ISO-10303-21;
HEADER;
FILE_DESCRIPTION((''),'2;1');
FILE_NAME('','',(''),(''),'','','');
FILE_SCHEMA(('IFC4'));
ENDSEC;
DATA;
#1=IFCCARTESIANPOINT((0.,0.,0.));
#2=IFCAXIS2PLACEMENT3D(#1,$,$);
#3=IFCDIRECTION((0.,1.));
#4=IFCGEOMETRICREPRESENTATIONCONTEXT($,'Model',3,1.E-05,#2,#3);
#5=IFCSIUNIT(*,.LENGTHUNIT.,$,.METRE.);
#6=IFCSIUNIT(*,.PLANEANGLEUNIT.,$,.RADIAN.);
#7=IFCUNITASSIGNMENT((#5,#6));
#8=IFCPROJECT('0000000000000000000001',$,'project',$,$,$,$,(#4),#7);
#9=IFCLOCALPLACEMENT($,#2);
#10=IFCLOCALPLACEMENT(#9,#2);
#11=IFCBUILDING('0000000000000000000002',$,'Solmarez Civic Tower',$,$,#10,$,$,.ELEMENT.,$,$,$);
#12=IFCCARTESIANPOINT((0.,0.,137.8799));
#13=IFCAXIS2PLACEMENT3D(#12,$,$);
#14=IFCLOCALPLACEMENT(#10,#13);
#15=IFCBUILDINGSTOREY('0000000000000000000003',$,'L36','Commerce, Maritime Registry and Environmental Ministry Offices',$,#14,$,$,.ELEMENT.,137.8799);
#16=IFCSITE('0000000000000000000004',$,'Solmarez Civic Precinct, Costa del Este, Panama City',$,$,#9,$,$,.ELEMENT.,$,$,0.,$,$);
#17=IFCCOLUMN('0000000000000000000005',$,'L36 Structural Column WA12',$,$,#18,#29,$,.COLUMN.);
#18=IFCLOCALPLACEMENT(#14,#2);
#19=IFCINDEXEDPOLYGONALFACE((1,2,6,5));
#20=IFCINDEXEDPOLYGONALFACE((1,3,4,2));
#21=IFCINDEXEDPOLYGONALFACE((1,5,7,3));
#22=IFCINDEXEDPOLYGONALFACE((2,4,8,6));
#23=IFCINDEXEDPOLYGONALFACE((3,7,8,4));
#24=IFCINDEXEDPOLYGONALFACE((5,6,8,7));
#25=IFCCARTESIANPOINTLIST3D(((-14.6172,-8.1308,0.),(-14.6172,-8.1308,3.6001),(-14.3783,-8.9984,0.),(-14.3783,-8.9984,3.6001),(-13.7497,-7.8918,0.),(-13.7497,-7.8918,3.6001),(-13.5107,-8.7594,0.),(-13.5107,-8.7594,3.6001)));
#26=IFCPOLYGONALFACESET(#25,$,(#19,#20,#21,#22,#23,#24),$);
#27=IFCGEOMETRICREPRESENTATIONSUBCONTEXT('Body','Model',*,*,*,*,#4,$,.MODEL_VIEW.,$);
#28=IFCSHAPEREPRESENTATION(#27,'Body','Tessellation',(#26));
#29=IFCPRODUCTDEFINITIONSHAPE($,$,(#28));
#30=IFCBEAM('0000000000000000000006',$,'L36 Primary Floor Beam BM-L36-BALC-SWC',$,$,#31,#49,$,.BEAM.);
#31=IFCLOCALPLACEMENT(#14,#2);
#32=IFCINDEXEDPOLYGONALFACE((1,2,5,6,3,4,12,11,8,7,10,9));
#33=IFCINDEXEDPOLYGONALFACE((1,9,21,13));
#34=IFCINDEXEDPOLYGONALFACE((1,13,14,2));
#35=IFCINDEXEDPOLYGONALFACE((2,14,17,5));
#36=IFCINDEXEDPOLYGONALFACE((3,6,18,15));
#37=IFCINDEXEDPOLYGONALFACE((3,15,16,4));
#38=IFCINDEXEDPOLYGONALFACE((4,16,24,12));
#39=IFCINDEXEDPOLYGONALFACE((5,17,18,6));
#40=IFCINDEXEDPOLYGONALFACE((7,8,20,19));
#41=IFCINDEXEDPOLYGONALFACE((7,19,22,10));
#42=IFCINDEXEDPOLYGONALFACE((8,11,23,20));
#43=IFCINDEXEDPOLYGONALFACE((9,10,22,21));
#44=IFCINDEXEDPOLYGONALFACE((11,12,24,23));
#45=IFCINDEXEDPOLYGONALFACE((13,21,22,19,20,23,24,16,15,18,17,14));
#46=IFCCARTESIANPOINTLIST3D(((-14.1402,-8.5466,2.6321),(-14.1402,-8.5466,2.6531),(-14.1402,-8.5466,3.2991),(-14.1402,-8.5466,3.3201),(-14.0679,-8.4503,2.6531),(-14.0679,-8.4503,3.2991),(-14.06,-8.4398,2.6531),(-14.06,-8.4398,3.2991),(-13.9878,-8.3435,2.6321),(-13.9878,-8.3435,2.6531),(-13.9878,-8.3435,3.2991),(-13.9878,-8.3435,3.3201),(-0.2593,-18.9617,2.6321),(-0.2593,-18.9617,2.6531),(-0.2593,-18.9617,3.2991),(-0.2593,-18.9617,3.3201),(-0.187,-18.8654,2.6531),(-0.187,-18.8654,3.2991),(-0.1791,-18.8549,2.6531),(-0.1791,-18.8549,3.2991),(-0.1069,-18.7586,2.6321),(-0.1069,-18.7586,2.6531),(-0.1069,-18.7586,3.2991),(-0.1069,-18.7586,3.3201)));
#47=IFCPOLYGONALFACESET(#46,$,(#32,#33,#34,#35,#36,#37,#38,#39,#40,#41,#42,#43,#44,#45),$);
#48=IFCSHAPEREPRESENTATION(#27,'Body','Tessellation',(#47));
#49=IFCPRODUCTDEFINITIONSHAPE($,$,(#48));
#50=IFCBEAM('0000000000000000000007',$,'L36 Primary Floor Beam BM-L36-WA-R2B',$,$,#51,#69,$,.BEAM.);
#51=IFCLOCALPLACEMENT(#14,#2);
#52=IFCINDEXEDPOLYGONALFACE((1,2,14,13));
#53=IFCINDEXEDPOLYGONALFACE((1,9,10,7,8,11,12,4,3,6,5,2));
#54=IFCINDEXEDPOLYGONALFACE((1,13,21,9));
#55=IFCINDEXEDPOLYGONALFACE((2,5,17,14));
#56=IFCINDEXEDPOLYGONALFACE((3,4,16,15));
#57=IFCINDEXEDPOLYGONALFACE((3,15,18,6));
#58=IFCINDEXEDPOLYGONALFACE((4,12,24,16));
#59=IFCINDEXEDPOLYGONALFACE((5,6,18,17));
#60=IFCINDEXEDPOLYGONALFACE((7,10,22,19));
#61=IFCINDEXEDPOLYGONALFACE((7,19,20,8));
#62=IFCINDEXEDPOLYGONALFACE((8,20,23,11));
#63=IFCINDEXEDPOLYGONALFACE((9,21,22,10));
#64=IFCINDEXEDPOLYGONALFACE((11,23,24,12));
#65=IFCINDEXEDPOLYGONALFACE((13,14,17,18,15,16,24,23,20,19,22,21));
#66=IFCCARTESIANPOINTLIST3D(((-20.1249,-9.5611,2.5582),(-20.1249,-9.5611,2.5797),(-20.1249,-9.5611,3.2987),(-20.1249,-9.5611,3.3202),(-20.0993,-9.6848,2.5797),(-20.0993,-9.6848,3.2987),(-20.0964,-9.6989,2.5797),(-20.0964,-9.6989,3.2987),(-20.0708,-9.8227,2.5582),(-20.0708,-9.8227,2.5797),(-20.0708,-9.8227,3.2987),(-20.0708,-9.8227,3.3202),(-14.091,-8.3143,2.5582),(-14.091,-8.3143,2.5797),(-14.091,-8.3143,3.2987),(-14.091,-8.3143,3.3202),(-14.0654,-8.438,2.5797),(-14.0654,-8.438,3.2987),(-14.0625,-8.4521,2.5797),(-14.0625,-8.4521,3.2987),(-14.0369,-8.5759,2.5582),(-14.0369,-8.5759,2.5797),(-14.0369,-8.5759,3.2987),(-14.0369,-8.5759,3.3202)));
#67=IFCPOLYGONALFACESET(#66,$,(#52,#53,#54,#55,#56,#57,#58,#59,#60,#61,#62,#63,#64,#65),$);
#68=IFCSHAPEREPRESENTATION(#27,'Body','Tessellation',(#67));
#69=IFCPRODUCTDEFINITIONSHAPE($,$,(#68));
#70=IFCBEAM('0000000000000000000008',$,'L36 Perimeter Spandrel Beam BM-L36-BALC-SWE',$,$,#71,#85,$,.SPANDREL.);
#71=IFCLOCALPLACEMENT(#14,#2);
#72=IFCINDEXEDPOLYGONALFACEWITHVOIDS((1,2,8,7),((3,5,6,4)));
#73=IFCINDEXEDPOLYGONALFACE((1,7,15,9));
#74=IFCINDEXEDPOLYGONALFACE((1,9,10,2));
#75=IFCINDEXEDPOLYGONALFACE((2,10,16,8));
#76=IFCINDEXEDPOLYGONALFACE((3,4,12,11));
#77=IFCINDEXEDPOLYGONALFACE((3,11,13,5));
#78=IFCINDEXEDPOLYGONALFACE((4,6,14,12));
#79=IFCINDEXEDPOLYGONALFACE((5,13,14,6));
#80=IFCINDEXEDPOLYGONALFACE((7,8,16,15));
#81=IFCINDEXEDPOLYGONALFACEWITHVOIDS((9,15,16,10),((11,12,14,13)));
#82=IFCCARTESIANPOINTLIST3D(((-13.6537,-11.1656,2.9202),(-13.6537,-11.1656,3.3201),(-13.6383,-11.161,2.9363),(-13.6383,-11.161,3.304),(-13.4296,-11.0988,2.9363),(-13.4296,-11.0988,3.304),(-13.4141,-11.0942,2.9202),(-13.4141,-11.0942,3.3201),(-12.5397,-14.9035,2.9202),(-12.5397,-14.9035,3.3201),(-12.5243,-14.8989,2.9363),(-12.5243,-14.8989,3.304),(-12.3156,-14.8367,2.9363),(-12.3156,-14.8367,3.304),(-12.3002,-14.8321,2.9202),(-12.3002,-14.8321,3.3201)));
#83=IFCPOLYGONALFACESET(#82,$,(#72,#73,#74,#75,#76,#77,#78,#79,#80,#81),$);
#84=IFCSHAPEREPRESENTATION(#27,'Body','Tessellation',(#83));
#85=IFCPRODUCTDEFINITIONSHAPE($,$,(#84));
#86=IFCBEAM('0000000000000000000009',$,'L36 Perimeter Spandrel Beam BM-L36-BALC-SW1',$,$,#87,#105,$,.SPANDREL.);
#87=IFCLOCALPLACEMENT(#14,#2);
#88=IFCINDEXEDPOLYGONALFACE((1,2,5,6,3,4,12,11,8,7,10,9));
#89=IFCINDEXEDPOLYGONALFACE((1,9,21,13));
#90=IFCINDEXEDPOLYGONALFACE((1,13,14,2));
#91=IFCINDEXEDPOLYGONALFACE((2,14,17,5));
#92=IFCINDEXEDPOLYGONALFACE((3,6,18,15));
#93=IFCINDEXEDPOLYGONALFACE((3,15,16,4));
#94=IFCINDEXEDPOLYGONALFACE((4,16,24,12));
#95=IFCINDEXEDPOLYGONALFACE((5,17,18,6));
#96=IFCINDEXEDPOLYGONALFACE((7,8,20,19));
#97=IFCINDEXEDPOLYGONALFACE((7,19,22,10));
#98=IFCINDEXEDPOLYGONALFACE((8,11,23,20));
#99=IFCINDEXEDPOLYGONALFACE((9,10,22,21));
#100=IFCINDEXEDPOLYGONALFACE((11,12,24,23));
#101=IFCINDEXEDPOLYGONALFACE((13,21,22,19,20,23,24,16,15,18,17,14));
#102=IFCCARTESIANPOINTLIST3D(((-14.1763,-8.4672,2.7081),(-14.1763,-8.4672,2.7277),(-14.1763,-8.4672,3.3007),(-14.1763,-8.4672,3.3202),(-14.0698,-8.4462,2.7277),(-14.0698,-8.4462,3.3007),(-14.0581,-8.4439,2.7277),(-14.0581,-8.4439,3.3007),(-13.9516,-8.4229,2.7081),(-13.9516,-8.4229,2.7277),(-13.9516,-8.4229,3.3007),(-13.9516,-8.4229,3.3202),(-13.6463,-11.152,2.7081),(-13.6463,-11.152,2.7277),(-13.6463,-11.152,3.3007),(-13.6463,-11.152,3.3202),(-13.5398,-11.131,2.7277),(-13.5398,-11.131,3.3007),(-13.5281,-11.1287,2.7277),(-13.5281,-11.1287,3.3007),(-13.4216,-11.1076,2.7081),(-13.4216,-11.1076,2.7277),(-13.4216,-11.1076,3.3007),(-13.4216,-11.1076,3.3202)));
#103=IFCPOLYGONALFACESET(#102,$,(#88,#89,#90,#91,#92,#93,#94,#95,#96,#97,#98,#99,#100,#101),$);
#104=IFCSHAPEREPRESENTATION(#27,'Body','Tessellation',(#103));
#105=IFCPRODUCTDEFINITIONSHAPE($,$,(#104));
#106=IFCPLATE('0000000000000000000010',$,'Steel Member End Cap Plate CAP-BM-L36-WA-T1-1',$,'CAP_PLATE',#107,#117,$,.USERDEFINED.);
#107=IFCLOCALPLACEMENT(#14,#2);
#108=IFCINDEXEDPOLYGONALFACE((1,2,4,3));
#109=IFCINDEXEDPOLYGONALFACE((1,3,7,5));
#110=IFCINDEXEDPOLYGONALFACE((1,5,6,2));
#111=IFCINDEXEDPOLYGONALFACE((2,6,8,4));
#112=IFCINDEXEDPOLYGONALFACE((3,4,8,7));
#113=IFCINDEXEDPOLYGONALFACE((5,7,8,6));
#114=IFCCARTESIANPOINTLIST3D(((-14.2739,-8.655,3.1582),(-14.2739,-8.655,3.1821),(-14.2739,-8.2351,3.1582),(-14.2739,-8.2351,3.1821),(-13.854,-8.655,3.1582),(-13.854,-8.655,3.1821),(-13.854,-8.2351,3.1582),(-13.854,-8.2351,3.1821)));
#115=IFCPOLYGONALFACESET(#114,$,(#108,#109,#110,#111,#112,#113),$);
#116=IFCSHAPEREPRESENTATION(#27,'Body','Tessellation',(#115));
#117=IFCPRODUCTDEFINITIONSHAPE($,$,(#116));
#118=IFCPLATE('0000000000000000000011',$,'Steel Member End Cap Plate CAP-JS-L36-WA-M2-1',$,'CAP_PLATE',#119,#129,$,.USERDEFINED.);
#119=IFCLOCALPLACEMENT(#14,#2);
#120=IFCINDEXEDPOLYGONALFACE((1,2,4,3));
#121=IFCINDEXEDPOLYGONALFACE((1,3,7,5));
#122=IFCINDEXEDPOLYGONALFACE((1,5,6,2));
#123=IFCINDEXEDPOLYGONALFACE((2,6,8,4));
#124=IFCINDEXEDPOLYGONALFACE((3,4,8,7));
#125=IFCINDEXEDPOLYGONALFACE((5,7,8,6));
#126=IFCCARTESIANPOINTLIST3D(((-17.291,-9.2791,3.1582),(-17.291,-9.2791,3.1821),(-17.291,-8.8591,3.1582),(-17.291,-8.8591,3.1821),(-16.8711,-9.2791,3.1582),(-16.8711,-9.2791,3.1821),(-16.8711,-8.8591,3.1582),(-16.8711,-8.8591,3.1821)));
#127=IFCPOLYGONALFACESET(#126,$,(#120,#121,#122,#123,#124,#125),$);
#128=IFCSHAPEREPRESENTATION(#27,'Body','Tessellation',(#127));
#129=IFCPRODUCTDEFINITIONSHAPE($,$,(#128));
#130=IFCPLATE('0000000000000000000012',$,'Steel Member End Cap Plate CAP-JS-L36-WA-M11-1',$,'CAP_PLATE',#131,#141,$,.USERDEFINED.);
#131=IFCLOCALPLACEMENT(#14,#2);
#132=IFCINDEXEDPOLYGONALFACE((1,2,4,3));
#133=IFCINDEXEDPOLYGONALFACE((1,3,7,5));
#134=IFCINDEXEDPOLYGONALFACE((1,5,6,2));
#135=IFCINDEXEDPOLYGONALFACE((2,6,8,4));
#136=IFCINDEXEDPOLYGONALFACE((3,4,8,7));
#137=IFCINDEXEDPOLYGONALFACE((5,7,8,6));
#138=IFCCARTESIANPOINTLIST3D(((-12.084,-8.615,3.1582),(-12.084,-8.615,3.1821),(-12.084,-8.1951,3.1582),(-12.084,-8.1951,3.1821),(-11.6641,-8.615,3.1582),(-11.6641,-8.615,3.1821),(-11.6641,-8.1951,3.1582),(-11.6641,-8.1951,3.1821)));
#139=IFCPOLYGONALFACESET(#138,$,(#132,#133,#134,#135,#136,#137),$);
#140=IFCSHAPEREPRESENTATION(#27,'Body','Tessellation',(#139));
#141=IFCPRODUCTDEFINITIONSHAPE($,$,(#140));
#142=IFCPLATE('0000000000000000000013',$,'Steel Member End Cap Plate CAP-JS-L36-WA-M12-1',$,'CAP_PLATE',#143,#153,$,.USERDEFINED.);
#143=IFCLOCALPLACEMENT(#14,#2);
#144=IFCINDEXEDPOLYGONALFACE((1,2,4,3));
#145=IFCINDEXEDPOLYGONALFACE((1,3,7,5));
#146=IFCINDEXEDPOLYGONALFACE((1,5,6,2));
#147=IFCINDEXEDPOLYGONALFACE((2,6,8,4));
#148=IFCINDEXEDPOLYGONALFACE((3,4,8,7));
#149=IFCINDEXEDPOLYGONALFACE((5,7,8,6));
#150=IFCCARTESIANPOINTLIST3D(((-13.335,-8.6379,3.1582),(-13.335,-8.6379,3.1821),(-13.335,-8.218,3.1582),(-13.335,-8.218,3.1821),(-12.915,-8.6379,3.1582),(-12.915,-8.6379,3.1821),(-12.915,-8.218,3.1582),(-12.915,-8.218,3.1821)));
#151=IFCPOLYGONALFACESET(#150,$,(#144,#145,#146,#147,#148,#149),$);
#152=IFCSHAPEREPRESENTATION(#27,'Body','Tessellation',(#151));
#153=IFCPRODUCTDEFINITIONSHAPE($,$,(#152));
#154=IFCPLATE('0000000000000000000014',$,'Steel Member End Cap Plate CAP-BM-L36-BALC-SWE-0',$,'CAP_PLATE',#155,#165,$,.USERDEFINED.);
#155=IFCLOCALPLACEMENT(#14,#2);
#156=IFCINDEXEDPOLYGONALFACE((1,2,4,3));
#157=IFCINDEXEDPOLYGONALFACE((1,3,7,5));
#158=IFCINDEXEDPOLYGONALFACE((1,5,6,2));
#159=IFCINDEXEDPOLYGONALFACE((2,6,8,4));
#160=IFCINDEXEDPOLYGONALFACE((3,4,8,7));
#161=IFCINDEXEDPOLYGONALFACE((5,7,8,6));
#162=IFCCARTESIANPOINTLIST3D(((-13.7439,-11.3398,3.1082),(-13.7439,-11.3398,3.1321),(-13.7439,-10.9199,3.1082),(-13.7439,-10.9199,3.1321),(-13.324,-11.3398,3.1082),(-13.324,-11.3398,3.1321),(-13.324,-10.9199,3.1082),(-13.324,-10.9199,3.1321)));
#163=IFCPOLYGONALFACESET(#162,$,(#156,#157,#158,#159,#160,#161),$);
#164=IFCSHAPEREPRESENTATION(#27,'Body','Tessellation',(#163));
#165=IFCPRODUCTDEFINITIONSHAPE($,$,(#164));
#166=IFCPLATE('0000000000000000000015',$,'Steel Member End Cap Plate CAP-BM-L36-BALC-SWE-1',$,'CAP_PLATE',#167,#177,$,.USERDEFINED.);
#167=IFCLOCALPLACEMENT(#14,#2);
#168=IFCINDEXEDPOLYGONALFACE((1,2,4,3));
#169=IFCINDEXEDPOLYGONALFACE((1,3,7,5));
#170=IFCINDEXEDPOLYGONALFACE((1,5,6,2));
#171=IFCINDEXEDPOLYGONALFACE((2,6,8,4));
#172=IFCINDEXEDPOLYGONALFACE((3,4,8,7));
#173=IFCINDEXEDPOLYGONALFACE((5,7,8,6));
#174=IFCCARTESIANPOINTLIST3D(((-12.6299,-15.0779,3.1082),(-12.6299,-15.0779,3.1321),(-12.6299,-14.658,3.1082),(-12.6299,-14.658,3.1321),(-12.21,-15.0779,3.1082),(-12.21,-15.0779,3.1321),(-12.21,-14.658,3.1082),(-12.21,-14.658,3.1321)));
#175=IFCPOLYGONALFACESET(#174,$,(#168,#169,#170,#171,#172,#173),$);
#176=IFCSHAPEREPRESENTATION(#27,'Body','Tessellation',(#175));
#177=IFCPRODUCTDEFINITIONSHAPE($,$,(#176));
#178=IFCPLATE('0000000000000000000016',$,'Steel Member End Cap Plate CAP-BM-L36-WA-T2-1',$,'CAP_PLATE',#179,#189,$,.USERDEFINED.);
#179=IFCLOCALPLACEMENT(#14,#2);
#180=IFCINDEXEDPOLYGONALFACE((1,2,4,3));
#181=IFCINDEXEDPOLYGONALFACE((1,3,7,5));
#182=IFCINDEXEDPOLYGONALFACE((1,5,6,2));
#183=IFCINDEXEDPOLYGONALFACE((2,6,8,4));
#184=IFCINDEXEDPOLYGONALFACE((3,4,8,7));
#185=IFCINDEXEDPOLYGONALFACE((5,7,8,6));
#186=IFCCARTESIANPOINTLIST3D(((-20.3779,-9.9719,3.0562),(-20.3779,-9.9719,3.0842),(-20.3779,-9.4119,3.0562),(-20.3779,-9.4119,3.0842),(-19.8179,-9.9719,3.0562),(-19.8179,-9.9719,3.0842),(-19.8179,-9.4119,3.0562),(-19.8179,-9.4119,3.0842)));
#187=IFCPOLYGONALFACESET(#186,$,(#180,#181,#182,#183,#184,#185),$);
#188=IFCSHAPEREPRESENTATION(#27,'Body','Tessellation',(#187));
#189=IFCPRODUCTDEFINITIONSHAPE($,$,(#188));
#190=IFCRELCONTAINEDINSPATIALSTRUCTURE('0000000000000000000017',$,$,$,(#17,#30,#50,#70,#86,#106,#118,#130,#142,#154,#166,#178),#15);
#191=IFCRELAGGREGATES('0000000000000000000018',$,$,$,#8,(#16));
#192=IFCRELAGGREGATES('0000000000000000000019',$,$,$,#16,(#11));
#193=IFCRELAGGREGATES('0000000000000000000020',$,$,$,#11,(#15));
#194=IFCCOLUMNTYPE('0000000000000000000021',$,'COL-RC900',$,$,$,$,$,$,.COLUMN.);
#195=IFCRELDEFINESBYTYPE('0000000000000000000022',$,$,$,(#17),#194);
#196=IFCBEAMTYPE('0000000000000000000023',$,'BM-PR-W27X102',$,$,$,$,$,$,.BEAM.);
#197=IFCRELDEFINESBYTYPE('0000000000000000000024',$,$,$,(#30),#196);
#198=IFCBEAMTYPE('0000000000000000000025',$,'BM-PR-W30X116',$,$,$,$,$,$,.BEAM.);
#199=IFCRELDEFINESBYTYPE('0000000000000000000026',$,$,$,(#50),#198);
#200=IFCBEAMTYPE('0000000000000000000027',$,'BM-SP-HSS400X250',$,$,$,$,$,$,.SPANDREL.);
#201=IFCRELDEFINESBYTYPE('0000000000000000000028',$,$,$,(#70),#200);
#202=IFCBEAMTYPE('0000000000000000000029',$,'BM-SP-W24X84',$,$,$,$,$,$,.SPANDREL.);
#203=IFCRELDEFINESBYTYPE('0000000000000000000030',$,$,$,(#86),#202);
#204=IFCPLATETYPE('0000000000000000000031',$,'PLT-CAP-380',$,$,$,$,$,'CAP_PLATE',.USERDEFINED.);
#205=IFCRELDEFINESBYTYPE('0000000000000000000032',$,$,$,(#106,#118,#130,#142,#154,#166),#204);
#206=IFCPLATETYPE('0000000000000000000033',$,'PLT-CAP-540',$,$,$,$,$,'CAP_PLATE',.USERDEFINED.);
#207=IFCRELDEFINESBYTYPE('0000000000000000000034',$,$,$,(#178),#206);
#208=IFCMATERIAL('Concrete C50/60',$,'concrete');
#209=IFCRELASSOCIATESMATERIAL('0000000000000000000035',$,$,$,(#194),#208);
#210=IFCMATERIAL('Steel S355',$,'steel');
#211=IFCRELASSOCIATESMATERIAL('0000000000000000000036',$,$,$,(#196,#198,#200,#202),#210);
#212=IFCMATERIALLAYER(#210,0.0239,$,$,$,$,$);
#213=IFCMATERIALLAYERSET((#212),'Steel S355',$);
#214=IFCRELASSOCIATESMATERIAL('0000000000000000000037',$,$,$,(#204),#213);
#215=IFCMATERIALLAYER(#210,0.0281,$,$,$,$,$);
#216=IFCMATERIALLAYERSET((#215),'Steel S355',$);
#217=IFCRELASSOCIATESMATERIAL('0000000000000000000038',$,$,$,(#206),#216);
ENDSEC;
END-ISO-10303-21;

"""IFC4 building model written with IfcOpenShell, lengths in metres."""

from ifc_helpers import new_model, si_unit, direction, frame, origin, origin_2d, place, context, subcontext, project, spatial, rectangle, hollow_rectangle, i_section, extrude, material, layer, layer_set, material_profile, profile_set, type_object, element, save


model = new_model("IFC4")

# Units and contexts
model_context = context("Model", 3, precision=1e-05, world=origin(), true_north=direction((0.0, 1.0)))
body_context = subcontext(model_context, "Body", "Model", "MODEL_VIEW")
ifc_project = project(units=[si_unit("LENGTHUNIT", "METRE"), si_unit("PLANEANGLEUNIT", "RADIAN")], contexts=[model_context])

# Site, building, storey
site_placement = place(None, origin())
site = spatial("IfcSite", under=ifc_project, at=site_placement, Name="Solmarez Civic Precinct, Costa del Este, Panama City", CompositionType="ELEMENT", RefElevation=0.0)
building_placement = place(site_placement, origin())
building = spatial("IfcBuilding", under=site, at=building_placement, Name="Solmarez Civic Tower", CompositionType="ELEMENT")
storey_placement = place(building_placement, frame((0.0, 0.0, 137.8799)))
storey = spatial("IfcBuildingStorey", under=building, at=storey_placement, Name="L36", Description="Commerce, Maritime Registry and Environmental Ministry Offices", CompositionType="ELEMENT", Elevation=137.8799)

# Column
ifc_material_1 = material(Name="Concrete C50/60", Category="concrete")
ifc_material_profile_1 = material_profile(ifc_material_1, rectangle(XDim=0.8999, YDim=0.8999, at=origin_2d()), Name="RC900X900")
ifc_profile_set_1 = profile_set([ifc_material_profile_1], Name="Concrete C50/60")
column_type = type_object("IfcColumnType", Name="COL-RC900", PredefinedType="COLUMN", material=ifc_profile_set_1)
column_placement = place(storey_placement, frame((-14.064, -8.4451, 0.0), z_axis=(0.0, 0.0, 1.0), x_axis=(0.964095, 0.265556, 0.0)))
element("IfcColumn", 1, at=column_placement, inside=storey, type_object=column_type, Name="L36 Structural Column WA12", PredefinedType="COLUMN", context=body_context, shape_type="SweptSolid", body=[
    extrude(rectangle(XDim=0.8999, YDim=0.8999, at=origin_2d()), origin(), (0.0, 0.0, 1.0), 3.6001),
])

# Beams
ifc_material_2 = material(Name="Steel S355", Category="steel")
ifc_material_profile_2 = material_profile(ifc_material_2, i_section(OverallWidth=0.2539, OverallDepth=0.688, WebThickness=0.0132, FlangeThickness=0.021, at=origin_2d()), Name="W27X102")
ifc_profile_set_2 = profile_set([ifc_material_profile_2], Name="Steel S355")
beam_type_1 = type_object("IfcBeamType", Name="BM-PR-W27X102", PredefinedType="BEAM", material=ifc_profile_set_2)
beam_1_placement = place(storey_placement, frame((-14.064, -8.4451, 2.9761), z_axis=(0.799878, -0.600162, 0.0), x_axis=(0.600162, 0.799878, 0.0)))
element("IfcBeam", 2, at=beam_1_placement, inside=storey, type_object=beam_type_1, Name="L36 Primary Floor Beam BM-L36-BALC-SWC", PredefinedType="BEAM", context=body_context, shape_type="SweptSolid", body=[
    extrude(i_section(OverallWidth=0.2539, OverallDepth=0.688, WebThickness=0.0132, FlangeThickness=0.021, at=origin_2d()), origin(), (0.0, 0.0, 1.0), 17.3538),
])
ifc_material_profile_3 = material_profile(ifc_material_2, i_section(OverallWidth=0.2671, OverallDepth=0.762, WebThickness=0.0144, FlangeThickness=0.0215, at=origin_2d()), Name="W30X116")
ifc_profile_set_3 = profile_set([ifc_material_profile_3], Name="Steel S355")
beam_type_2 = type_object("IfcBeamType", Name="BM-PR-W30X116", PredefinedType="BEAM", material=ifc_profile_set_3)
beam_2_placement = place(storey_placement, frame((-14.064, -8.4451, 2.9392), z_axis=(-0.979311, -0.202361, 0.0), x_axis=(0.202361, -0.979311, 0.0)))
element("IfcBeam", 3, at=beam_2_placement, inside=storey, type_object=beam_type_2, Name="L36 Primary Floor Beam BM-L36-WA-R2B", PredefinedType="BEAM", context=body_context, shape_type="SweptSolid", body=[
    extrude(i_section(OverallWidth=0.2671, OverallDepth=0.762, WebThickness=0.0144, FlangeThickness=0.0215, at=origin_2d()), origin(), (0.0, 0.0, 1.0), 6.1614),
])
ifc_material_profile_4 = material_profile(ifc_material_2, hollow_rectangle(XDim=0.25, YDim=0.3999, WallThickness=0.0161, at=origin_2d()), Name="HSS400X250X16")
ifc_profile_set_4 = profile_set([ifc_material_profile_4], Name="Steel S355")
beam_type_3 = type_object("IfcBeamType", Name="BM-SP-HSS400X250", PredefinedType="SPANDREL", material=ifc_profile_set_4)
beam_3_placement = place(storey_placement, frame((-13.5339, -11.1299, 3.1201), z_axis=(0.285607, -0.958347, 0.0), x_axis=(0.958347, 0.285607, 0.0)))
element("IfcBeam", 4, at=beam_3_placement, inside=storey, type_object=beam_type_3, Name="L36 Perimeter Spandrel Beam BM-L36-BALC-SWE", PredefinedType="SPANDREL", context=body_context, shape_type="SweptSolid", body=[
    extrude(hollow_rectangle(XDim=0.25, YDim=0.3999, WallThickness=0.0161, at=origin_2d()), origin(), (0.0, 0.0, 1.0), 3.9004),
])
ifc_material_profile_5 = material_profile(ifc_material_2, i_section(OverallWidth=0.229, OverallDepth=0.6121, WebThickness=0.012, FlangeThickness=0.0195, at=origin_2d()), Name="W24X84")
ifc_profile_set_5 = profile_set([ifc_material_profile_5], Name="Steel S355")
beam_type_4 = type_object("IfcBeamType", Name="BM-SP-W24X84", PredefinedType="SPANDREL", material=ifc_profile_set_5)
beam_4_placement = place(storey_placement, frame((-14.064, -8.4451, 3.0142), z_axis=(0.193679, -0.981065, 0.0), x_axis=(0.981065, 0.193679, 0.0)))
element("IfcBeam", 5, at=beam_4_placement, inside=storey, type_object=beam_type_4, Name="L36 Perimeter Spandrel Beam BM-L36-BALC-SW1", PredefinedType="SPANDREL", context=body_context, shape_type="SweptSolid", body=[
    extrude(i_section(OverallWidth=0.229, OverallDepth=0.6121, WebThickness=0.012, FlangeThickness=0.0195, at=origin_2d()), origin(), (0.0, 0.0, 1.0), 2.7366),
])

# Plates
ifc_layer_1 = layer(ifc_material_2, 0.0239)
ifc_layer_set_1 = layer_set([ifc_layer_1], Name="Steel S355")
plate_type_1 = type_object("IfcPlateType", Name="PLT-CAP-380", ElementType="CAP_PLATE", PredefinedType="USERDEFINED", material=ifc_layer_set_1)
for number, where, z_axis, x_axis, name in (
    (6, (-14.064, -8.4451, 3.1582), (0.0, 0.0, 1.0), (1.0, 0.0, 0.0), "Steel Member End Cap Plate CAP-BM-L36-WA-T1-1"),
    (7, (-17.0811, -9.0691, 3.1582), (0.0, 0.0, 1.0), (1.0, 0.0, 0.0), "Steel Member End Cap Plate CAP-JS-L36-WA-M2-1"),
    (8, (-11.874, -8.405, 3.1582), (0.0, 0.0, 1.0), (1.0, 0.0, 0.0), "Steel Member End Cap Plate CAP-JS-L36-WA-M11-1"),
    (9, (-13.125, -8.428, 3.1582), (0.0, 0.0, 1.0), (1.0, 0.0, 0.0), "Steel Member End Cap Plate CAP-JS-L36-WA-M12-1"),
    (10, (-13.5339, -11.1299, 3.1082), (0.0, 0.0, 1.0), (1.0, 0.0, 0.0), "Steel Member End Cap Plate CAP-BM-L36-BALC-SWE-0"),
    (11, (-12.4199, -14.8679, 3.1082), (0.0, 0.0, 1.0), (1.0, 0.0, 0.0), "Steel Member End Cap Plate CAP-BM-L36-BALC-SWE-1"),
):
    element("IfcPlate", number, at=place(storey_placement, frame(where, z_axis=z_axis, x_axis=x_axis)), inside=storey, type_object=plate_type_1, Name=name, ObjectType="CAP_PLATE", PredefinedType="USERDEFINED", context=body_context, shape_type="SweptSolid", body=[
        extrude(rectangle(XDim=0.4199, YDim=0.4199, at=origin_2d()), origin(), (0.0, 0.0, 1.0), 0.0239),
    ])
ifc_layer_2 = layer(ifc_material_2, 0.0281)
ifc_layer_set_2 = layer_set([ifc_layer_2], Name="Steel S355")
plate_type_2 = type_object("IfcPlateType", Name="PLT-CAP-540", ElementType="CAP_PLATE", PredefinedType="USERDEFINED", material=ifc_layer_set_2)
plate_placement = place(storey_placement, frame((-20.0979, -9.6919, 3.0562), z_axis=(0.0, 0.0, 1.0), x_axis=(1.0, 0.0, 0.0)))
element("IfcPlate", 12, at=plate_placement, inside=storey, type_object=plate_type_2, Name="Steel Member End Cap Plate CAP-BM-L36-WA-T2-1", ObjectType="CAP_PLATE", PredefinedType="USERDEFINED", context=body_context, shape_type="SweptSolid", body=[
    extrude(rectangle(XDim=0.5601, YDim=0.5601, at=origin_2d()), origin(), (0.0, 0.0, 1.0), 0.0281),
])

save(model, "model.ifc")
